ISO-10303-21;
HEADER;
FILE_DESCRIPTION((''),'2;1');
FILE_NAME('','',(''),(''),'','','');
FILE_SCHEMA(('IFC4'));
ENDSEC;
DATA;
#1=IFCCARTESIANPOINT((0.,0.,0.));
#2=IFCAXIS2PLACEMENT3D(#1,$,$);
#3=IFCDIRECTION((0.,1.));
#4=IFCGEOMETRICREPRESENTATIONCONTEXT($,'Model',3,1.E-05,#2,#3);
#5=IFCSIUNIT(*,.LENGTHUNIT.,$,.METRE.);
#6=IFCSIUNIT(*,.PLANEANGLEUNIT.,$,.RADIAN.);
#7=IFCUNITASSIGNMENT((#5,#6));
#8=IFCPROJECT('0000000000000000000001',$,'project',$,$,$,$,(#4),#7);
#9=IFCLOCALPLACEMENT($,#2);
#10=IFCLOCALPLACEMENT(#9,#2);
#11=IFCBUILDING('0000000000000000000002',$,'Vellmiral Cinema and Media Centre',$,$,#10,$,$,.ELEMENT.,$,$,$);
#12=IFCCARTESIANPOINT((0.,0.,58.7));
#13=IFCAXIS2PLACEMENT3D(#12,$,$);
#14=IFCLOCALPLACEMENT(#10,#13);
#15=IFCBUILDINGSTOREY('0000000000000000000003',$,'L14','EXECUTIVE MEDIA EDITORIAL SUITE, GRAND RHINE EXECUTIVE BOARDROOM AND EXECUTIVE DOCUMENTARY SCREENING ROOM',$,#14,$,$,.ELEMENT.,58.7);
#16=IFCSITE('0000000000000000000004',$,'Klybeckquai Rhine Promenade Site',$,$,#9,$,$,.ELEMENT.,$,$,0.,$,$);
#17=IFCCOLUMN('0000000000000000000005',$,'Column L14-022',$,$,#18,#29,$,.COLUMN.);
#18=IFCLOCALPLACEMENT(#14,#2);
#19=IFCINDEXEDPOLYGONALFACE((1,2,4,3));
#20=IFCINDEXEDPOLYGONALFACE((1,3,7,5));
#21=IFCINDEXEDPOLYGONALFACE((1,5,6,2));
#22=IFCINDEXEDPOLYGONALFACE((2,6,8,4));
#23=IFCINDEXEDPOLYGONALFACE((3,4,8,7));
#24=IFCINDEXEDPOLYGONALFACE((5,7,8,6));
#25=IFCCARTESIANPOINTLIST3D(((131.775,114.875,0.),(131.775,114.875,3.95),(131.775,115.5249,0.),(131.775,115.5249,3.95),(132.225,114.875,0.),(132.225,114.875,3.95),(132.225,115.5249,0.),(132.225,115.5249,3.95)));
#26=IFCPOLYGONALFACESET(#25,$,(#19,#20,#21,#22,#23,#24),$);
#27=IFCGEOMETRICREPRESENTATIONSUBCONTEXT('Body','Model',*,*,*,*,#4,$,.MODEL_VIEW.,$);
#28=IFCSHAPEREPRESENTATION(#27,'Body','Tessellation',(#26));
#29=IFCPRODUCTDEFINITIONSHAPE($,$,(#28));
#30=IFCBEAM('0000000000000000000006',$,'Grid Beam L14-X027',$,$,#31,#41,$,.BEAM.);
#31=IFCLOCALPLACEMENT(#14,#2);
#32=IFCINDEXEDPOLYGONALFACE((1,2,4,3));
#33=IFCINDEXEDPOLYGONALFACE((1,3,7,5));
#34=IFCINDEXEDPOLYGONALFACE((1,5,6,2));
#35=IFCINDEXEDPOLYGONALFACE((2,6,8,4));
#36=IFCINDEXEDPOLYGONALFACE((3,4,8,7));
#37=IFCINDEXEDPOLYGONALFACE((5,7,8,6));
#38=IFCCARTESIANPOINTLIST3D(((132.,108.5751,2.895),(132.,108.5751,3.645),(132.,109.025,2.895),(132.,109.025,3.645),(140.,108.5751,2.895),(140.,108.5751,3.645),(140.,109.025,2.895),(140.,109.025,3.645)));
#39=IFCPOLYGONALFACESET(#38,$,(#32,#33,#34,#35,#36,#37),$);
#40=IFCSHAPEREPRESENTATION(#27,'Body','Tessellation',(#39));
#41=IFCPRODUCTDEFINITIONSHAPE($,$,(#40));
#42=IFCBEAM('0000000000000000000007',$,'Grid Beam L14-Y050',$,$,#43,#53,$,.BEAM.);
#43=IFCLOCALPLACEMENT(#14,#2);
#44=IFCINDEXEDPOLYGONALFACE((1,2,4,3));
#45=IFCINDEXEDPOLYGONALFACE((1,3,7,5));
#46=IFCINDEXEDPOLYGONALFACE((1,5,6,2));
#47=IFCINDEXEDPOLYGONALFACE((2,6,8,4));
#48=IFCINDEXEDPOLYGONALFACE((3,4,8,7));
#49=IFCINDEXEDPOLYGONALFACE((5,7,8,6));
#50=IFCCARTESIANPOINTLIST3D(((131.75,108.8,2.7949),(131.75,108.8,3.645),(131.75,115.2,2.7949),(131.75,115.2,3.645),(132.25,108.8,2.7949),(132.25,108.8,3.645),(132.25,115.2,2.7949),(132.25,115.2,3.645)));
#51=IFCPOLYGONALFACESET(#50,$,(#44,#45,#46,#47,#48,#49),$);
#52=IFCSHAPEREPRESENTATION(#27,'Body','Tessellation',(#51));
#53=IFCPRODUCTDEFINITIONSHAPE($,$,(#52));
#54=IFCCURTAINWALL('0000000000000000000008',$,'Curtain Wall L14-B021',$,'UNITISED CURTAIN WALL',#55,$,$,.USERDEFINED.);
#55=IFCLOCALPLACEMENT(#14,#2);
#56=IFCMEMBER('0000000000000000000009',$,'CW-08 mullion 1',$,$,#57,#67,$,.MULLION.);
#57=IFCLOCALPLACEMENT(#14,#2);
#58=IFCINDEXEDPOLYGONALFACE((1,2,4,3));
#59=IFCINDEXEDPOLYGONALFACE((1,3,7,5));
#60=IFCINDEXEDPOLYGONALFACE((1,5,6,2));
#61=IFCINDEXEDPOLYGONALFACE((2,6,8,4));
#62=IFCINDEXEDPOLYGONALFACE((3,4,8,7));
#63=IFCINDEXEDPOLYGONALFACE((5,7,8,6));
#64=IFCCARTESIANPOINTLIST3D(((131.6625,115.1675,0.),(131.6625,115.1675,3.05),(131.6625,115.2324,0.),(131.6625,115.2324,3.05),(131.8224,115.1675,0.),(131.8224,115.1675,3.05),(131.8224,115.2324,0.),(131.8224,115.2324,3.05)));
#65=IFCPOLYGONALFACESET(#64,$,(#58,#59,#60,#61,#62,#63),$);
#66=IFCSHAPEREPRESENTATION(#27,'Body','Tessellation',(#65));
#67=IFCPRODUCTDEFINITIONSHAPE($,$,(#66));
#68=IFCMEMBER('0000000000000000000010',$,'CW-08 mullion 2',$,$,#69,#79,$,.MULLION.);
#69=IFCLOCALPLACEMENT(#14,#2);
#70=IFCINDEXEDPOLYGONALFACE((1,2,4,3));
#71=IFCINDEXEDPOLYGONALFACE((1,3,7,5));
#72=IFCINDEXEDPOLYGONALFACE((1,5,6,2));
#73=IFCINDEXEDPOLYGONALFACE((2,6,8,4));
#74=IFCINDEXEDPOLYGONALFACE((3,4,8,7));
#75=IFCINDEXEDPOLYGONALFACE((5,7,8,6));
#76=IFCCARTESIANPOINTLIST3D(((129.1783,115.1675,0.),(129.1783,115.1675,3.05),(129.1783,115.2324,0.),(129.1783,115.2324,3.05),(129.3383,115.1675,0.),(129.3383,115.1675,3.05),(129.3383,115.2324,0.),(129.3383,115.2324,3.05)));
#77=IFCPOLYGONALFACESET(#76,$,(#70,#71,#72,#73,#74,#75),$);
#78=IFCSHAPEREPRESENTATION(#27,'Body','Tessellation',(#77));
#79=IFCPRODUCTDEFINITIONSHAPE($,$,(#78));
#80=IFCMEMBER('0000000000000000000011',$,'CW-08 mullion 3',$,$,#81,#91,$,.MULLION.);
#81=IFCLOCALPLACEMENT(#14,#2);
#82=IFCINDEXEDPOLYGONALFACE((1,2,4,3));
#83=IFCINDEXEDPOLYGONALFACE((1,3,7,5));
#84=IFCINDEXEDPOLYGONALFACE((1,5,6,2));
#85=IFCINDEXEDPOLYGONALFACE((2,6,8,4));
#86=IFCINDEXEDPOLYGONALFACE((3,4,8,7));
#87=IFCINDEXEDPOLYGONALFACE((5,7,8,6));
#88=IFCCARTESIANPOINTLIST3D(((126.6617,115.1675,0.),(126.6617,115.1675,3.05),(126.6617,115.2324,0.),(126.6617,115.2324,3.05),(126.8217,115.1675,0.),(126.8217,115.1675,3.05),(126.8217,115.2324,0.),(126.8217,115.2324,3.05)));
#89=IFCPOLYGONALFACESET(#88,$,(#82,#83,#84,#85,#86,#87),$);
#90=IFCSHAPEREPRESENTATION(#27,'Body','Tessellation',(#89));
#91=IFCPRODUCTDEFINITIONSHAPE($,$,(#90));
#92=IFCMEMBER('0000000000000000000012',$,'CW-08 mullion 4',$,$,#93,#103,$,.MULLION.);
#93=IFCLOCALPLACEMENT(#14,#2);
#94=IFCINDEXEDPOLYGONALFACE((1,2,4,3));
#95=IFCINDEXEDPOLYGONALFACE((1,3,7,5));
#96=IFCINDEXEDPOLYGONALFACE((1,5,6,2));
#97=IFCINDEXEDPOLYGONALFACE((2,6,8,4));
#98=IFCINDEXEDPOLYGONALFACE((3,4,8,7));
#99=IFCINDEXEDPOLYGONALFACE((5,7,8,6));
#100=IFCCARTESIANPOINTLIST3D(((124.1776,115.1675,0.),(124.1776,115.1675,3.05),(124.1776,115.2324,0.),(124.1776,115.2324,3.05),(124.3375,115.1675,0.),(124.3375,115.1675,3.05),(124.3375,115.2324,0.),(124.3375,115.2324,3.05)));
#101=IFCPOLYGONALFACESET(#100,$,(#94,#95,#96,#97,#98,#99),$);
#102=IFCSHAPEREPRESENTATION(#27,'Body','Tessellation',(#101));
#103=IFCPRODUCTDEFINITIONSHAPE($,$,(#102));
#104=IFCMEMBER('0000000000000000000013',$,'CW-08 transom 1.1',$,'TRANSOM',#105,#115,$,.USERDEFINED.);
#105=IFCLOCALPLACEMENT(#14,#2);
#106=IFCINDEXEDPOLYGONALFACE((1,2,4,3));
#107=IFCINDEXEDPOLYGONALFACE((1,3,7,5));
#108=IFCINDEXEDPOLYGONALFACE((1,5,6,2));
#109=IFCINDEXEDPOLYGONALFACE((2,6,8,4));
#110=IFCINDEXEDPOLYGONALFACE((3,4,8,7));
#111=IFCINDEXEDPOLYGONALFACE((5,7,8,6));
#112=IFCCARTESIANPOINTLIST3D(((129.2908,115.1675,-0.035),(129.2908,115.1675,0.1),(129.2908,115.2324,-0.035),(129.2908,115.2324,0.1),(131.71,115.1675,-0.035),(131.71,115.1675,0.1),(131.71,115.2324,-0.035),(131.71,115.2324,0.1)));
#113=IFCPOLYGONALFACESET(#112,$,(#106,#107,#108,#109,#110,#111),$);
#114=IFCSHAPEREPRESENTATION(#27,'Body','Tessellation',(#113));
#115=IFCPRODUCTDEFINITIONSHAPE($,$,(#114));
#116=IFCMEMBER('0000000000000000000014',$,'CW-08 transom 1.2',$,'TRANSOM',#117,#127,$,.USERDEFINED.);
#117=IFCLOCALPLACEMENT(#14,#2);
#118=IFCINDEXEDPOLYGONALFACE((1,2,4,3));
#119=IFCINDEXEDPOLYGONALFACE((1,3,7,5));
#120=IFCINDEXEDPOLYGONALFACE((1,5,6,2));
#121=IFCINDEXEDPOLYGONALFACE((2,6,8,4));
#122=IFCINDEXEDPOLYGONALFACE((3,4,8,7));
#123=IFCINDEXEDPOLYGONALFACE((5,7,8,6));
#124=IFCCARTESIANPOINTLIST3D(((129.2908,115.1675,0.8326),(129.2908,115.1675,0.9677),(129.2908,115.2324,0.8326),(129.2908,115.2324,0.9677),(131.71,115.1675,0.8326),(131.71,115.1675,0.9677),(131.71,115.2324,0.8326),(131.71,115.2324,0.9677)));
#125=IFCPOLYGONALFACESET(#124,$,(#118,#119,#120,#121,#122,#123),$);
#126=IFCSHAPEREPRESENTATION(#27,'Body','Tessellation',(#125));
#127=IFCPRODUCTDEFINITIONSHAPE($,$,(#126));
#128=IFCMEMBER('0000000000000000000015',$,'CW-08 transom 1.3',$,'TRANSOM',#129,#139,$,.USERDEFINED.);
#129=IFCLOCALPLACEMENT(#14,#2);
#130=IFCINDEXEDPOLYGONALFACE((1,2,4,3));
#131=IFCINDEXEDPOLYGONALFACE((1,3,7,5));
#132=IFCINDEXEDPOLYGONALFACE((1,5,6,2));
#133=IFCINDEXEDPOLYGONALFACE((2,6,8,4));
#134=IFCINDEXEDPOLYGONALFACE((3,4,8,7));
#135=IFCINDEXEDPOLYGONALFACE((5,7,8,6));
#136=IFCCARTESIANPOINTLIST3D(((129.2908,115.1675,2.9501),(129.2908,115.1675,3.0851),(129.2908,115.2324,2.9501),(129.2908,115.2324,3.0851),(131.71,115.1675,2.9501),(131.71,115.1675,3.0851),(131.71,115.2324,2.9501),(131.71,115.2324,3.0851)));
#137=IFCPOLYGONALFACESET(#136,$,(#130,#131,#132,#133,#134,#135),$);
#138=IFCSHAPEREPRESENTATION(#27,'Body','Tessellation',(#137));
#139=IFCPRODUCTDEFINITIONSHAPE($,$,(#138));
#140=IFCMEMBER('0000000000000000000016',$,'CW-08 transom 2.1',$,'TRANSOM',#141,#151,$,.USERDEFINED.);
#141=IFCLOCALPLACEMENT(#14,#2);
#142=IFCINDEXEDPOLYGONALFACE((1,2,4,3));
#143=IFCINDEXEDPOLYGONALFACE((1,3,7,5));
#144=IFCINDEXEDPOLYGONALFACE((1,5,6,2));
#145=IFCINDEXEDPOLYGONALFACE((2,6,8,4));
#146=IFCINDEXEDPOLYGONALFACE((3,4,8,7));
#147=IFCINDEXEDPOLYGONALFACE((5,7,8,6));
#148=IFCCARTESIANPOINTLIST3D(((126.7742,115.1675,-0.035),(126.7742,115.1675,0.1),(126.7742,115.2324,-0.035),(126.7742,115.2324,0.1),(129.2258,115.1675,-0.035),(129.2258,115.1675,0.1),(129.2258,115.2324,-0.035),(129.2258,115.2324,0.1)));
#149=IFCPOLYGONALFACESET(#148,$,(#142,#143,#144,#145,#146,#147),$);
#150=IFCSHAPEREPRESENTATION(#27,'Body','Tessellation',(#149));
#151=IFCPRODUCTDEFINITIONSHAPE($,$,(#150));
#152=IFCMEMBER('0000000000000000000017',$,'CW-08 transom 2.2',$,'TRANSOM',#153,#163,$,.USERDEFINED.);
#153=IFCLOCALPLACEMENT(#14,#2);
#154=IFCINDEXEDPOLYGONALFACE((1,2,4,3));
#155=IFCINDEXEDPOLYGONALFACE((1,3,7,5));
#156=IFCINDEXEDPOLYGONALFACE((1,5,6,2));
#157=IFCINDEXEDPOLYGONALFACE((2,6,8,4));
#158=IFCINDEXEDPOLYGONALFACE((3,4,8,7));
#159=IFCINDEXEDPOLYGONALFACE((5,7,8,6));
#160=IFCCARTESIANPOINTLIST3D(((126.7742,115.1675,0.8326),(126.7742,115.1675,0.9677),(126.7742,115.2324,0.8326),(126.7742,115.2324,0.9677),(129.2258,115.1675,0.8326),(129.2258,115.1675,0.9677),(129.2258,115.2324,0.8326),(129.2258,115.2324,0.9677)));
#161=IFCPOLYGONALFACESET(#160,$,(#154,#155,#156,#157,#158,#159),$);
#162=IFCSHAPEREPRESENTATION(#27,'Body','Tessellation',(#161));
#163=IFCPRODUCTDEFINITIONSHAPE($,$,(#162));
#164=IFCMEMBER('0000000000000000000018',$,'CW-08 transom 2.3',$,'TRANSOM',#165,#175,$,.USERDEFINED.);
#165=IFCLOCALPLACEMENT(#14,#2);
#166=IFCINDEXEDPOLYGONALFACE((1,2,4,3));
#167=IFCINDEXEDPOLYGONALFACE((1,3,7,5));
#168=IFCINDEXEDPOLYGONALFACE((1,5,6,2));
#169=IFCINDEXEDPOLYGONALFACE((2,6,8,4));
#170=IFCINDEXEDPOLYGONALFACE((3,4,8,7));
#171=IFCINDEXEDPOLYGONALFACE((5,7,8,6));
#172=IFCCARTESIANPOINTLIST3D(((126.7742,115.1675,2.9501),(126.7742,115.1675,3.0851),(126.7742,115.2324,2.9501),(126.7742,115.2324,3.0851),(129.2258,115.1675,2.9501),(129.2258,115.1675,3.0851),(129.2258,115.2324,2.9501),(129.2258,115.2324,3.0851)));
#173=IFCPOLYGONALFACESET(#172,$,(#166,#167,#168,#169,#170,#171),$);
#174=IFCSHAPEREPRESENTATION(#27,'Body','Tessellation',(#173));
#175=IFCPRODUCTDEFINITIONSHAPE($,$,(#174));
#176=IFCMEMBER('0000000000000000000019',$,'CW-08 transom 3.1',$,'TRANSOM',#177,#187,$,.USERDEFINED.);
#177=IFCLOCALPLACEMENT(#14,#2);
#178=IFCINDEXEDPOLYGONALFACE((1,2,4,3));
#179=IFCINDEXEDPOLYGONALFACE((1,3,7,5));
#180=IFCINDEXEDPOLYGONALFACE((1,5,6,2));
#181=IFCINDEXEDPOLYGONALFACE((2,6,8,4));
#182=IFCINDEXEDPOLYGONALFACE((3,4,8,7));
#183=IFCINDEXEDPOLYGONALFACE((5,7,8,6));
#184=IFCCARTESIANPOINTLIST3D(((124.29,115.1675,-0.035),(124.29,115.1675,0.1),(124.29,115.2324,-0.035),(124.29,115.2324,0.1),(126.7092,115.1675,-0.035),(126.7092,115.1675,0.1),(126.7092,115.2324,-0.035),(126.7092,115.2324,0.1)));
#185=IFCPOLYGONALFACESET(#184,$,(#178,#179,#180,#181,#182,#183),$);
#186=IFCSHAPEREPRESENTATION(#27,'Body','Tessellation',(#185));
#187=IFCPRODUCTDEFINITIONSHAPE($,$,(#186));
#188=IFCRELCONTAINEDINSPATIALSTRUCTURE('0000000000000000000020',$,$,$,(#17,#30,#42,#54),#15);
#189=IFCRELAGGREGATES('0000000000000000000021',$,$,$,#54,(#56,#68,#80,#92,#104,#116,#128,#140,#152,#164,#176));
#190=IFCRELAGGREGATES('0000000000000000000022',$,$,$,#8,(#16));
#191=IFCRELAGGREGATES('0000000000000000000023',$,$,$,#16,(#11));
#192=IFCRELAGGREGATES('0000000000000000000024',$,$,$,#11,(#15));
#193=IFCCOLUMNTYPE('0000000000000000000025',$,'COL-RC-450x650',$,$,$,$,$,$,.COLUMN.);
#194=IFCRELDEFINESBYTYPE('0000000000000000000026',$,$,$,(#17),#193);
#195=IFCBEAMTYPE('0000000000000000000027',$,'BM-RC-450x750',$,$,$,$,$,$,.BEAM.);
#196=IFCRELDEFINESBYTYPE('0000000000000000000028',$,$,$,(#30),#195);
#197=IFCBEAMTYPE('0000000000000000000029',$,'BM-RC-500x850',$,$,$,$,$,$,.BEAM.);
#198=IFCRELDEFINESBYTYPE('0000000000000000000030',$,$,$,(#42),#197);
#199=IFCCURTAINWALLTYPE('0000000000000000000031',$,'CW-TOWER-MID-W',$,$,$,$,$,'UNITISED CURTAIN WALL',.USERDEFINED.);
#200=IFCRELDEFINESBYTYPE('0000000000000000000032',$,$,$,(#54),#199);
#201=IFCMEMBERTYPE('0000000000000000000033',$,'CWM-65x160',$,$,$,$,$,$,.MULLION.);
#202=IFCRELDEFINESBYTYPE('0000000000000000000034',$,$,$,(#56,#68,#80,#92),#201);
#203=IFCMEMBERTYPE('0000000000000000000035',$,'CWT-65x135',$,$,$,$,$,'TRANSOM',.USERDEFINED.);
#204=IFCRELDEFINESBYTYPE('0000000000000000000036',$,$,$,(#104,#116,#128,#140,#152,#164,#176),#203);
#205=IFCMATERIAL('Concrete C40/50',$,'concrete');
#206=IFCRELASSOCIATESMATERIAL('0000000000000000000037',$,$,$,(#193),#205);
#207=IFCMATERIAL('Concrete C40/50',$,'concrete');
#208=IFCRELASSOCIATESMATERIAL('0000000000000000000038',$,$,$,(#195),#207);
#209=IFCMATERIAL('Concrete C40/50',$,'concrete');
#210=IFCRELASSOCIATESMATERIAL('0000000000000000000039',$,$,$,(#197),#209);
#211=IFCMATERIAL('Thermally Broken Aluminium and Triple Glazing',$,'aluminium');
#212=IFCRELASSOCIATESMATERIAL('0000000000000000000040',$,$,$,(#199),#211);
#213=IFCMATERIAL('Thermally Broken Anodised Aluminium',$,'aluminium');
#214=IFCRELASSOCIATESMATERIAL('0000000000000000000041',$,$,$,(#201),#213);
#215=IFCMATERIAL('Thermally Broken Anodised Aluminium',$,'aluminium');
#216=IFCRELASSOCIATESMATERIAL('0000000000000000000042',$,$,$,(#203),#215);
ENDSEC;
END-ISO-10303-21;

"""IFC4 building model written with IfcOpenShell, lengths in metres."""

from ifc_helpers import new_model, si_unit, direction, frame, origin, origin_2d, place, context, subcontext, project, spatial, rectangle, extrude, material, material_profile, profile_set, type_object, element, aggregate, save


model = new_model("IFC4")

# Units and contexts
model_context = context("Model", 3, precision=1e-05, world=origin(), true_north=direction((0.0, 1.0)))
body_context = subcontext(model_context, "Body", "Model", "MODEL_VIEW")
ifc_project = project(units=[si_unit("LENGTHUNIT", "METRE"), si_unit("PLANEANGLEUNIT", "RADIAN")], contexts=[model_context])

# Site, building, storey
site_placement = place(None, origin())
site = spatial("IfcSite", under=ifc_project, at=site_placement, Name="Klybeckquai Rhine Promenade Site", CompositionType="ELEMENT", RefElevation=0.0)
building_placement = place(site_placement, origin())
building = spatial("IfcBuilding", under=site, at=building_placement, Name="Vellmiral Cinema and Media Centre", CompositionType="ELEMENT")
storey_placement = place(building_placement, frame((0.0, 0.0, 58.7)))
storey = spatial("IfcBuildingStorey", under=building, at=storey_placement, Name="L14", Description="EXECUTIVE MEDIA EDITORIAL SUITE, GRAND RHINE EXECUTIVE BOARDROOM AND EXECUTIVE DOCUMENTARY SCREENING ROOM", CompositionType="ELEMENT", Elevation=58.7)

# Column
ifc_material_1 = material(Name="Concrete C40/50", Category="concrete")
ifc_material_profile_1 = material_profile(ifc_material_1, rectangle(XDim=0.45, YDim=0.6499, at=origin_2d()), Name="RC 450x650")
ifc_profile_set_1 = profile_set([ifc_material_profile_1], Name="Concrete C40/50")
column_type = type_object("IfcColumnType", Name="COL-RC-450x650", PredefinedType="COLUMN", material=ifc_profile_set_1)
column_placement = place(storey_placement, frame((132.0, 115.2, 0.0), z_axis=(0.0, 0.0, 1.0), x_axis=(1.0, 0.0, 0.0)))
element("IfcColumn", 1, at=column_placement, inside=storey, type_object=column_type, Name="Column L14-022", PredefinedType="COLUMN", context=body_context, shape_type="SweptSolid", body=[
    extrude(rectangle(XDim=0.45, YDim=0.6499, at=origin_2d()), origin(), (0.0, 0.0, 1.0), 3.95),
])

# Beams
ifc_material_2 = material(Name="Concrete C40/50", Category="concrete")
ifc_material_profile_2 = material_profile(ifc_material_2, rectangle(XDim=0.45, YDim=0.75, at=origin_2d()), Name="RC 450x750")
ifc_profile_set_2 = profile_set([ifc_material_profile_2], Name="Concrete C40/50")
beam_type_1 = type_object("IfcBeamType", Name="BM-RC-450x750", PredefinedType="BEAM", material=ifc_profile_set_2)
beam_1_placement = place(storey_placement, frame((132.0, 108.8, 3.27), z_axis=(1.0, 0.0, 0.0), x_axis=(0.0, 1.0, 0.0)))
element("IfcBeam", 2, at=beam_1_placement, inside=storey, type_object=beam_type_1, Name="Grid Beam L14-X027", PredefinedType="BEAM", context=body_context, shape_type="SweptSolid", body=[
    extrude(rectangle(XDim=0.45, YDim=0.75, at=origin_2d()), origin(), (0.0, 0.0, 1.0), 8.0),
])
ifc_material_3 = material(Name="Concrete C40/50", Category="concrete")
ifc_material_profile_3 = material_profile(ifc_material_3, rectangle(XDim=0.5, YDim=0.8501, at=origin_2d()), Name="RC 500x850")
ifc_profile_set_3 = profile_set([ifc_material_profile_3], Name="Concrete C40/50")
beam_type_2 = type_object("IfcBeamType", Name="BM-RC-500x850", PredefinedType="BEAM", material=ifc_profile_set_3)
beam_2_placement = place(storey_placement, frame((132.0, 108.8, 3.22), z_axis=(0.0, 1.0, 0.0), x_axis=(-1.0, 0.0, 0.0)))
element("IfcBeam", 3, at=beam_2_placement, inside=storey, type_object=beam_type_2, Name="Grid Beam L14-Y050", PredefinedType="BEAM", context=body_context, shape_type="SweptSolid", body=[
    extrude(rectangle(XDim=0.5, YDim=0.8501, at=origin_2d()), origin(), (0.0, 0.0, 1.0), 6.3999),
])

# Curtain wall, members
ifc_material_4 = material(Name="Thermally Broken Aluminium and Triple Glazing", Category="aluminium")
curtain_wall_type = type_object("IfcCurtainWallType", Name="CW-TOWER-MID-W", ElementType="UNITISED CURTAIN WALL", PredefinedType="USERDEFINED", material=ifc_material_4)
curtain_wall_placement = place(storey_placement, origin())
curtain_wall = element("IfcCurtainWall", 4, at=curtain_wall_placement, inside=storey, type_object=curtain_wall_type, Name="Curtain Wall L14-B021", ObjectType="UNITISED CURTAIN WALL", PredefinedType="USERDEFINED")
ifc_material_5 = material(Name="Thermally Broken Anodised Aluminium", Category="aluminium")
ifc_material_profile_4 = material_profile(ifc_material_5, rectangle(XDim=0.0649, YDim=0.1599, at=origin_2d()), Name="MULL 65x160")
ifc_profile_set_4 = profile_set([ifc_material_profile_4], Name="Thermally Broken Anodised Aluminium")
member_type_1 = type_object("IfcMemberType", Name="CWM-65x160", PredefinedType="MULLION", material=ifc_profile_set_4)
member_1_placement = place(storey_placement, frame((131.7424, 115.2, 0.0), z_axis=(0.0, 0.0, 1.0), x_axis=(0.0, -1.0, 0.0)))
member_1 = element("IfcMember", 5, at=member_1_placement, type_object=member_type_1, Name="CW-08 mullion 1", PredefinedType="MULLION", context=body_context, shape_type="SweptSolid", body=[
    extrude(rectangle(XDim=0.0649, YDim=0.1599, at=origin_2d()), origin(), (0.0, 0.0, 1.0), 3.05),
])
member_2_placement = place(storey_placement, frame((129.2583, 115.2, 0.0), z_axis=(0.0, 0.0, 1.0), x_axis=(0.0, -1.0, 0.0)))
member_2 = element("IfcMember", 6, at=member_2_placement, type_object=member_type_1, Name="CW-08 mullion 2", PredefinedType="MULLION", context=body_context, shape_type="SweptSolid", body=[
    extrude(rectangle(XDim=0.0649, YDim=0.1599, at=origin_2d()), origin(), (0.0, 0.0, 1.0), 3.05),
])
member_3_placement = place(storey_placement, frame((126.7417, 115.2, 0.0), z_axis=(0.0, 0.0, 1.0), x_axis=(0.0, -1.0, 0.0)))
member_3 = element("IfcMember", 7, at=member_3_placement, type_object=member_type_1, Name="CW-08 mullion 3", PredefinedType="MULLION", context=body_context, shape_type="SweptSolid", body=[
    extrude(rectangle(XDim=0.0649, YDim=0.1599, at=origin_2d()), origin(), (0.0, 0.0, 1.0), 3.05),
])
member_4_placement = place(storey_placement, frame((124.2576, 115.2, 0.0), z_axis=(0.0, 0.0, 1.0), x_axis=(0.0, -1.0, 0.0)))
member_4 = element("IfcMember", 8, at=member_4_placement, type_object=member_type_1, Name="CW-08 mullion 4", PredefinedType="MULLION", context=body_context, shape_type="SweptSolid", body=[
    extrude(rectangle(XDim=0.0649, YDim=0.1599, at=origin_2d()), origin(), (0.0, 0.0, 1.0), 3.05),
])
ifc_material_6 = material(Name="Thermally Broken Anodised Aluminium", Category="aluminium")
ifc_material_profile_5 = material_profile(ifc_material_6, rectangle(XDim=0.0649, YDim=0.135, at=origin_2d()), Name="MULL 65x135")
ifc_profile_set_5 = profile_set([ifc_material_profile_5], Name="Thermally Broken Anodised Aluminium")
member_type_2 = type_object("IfcMemberType", Name="CWT-65x135", ElementType="TRANSOM", PredefinedType="USERDEFINED", material=ifc_profile_set_5)
member_5_placement = place(storey_placement, frame((131.71, 115.2, 0.0325), z_axis=(-1.0, 0.0, 0.0), x_axis=(0.0, -1.0, 0.0)))
member_5 = element("IfcMember", 9, at=member_5_placement, type_object=member_type_2, Name="CW-08 transom 1.1", ObjectType="TRANSOM", PredefinedType="USERDEFINED", context=body_context, shape_type="SweptSolid", body=[
    extrude(rectangle(XDim=0.0649, YDim=0.135, at=origin_2d()), origin(), (0.0, 0.0, 1.0), 2.4192),
])
member_6_placement = place(storey_placement, frame((131.71, 115.2, 0.9001), z_axis=(-1.0, 0.0, 0.0), x_axis=(0.0, -1.0, 0.0)))
member_6 = element("IfcMember", 10, at=member_6_placement, type_object=member_type_2, Name="CW-08 transom 1.2", ObjectType="TRANSOM", PredefinedType="USERDEFINED", context=body_context, shape_type="SweptSolid", body=[
    extrude(rectangle(XDim=0.0649, YDim=0.135, at=origin_2d()), origin(), (0.0, 0.0, 1.0), 2.4192),
])
member_7_placement = place(storey_placement, frame((131.71, 115.2, 3.0176), z_axis=(-1.0, 0.0, 0.0), x_axis=(0.0, -1.0, 0.0)))
member_7 = element("IfcMember", 11, at=member_7_placement, type_object=member_type_2, Name="CW-08 transom 1.3", ObjectType="TRANSOM", PredefinedType="USERDEFINED", context=body_context, shape_type="SweptSolid", body=[
    extrude(rectangle(XDim=0.0649, YDim=0.135, at=origin_2d()), origin(), (0.0, 0.0, 1.0), 2.4192),
])
member_8_placement = place(storey_placement, frame((129.2258, 115.2, 0.0325), z_axis=(-1.0, 0.0, 0.0), x_axis=(0.0, -1.0, 0.0)))
member_8 = element("IfcMember", 12, at=member_8_placement, type_object=member_type_2, Name="CW-08 transom 2.1", ObjectType="TRANSOM", PredefinedType="USERDEFINED", context=body_context, shape_type="SweptSolid", body=[
    extrude(rectangle(XDim=0.0649, YDim=0.135, at=origin_2d()), origin(), (0.0, 0.0, 1.0), 2.4517),
])
member_9_placement = place(storey_placement, frame((129.2258, 115.2, 0.9001), z_axis=(-1.0, 0.0, 0.0), x_axis=(0.0, -1.0, 0.0)))
member_9 = element("IfcMember", 13, at=member_9_placement, type_object=member_type_2, Name="CW-08 transom 2.2", ObjectType="TRANSOM", PredefinedType="USERDEFINED", context=body_context, shape_type="SweptSolid", body=[
    extrude(rectangle(XDim=0.0649, YDim=0.135, at=origin_2d()), origin(), (0.0, 0.0, 1.0), 2.4517),
])
member_10_placement = place(storey_placement, frame((129.2258, 115.2, 3.0176), z_axis=(-1.0, 0.0, 0.0), x_axis=(0.0, -1.0, 0.0)))
member_10 = element("IfcMember", 14, at=member_10_placement, type_object=member_type_2, Name="CW-08 transom 2.3", ObjectType="TRANSOM", PredefinedType="USERDEFINED", context=body_context, shape_type="SweptSolid", body=[
    extrude(rectangle(XDim=0.0649, YDim=0.135, at=origin_2d()), origin(), (0.0, 0.0, 1.0), 2.4517),
])
member_11_placement = place(storey_placement, frame((126.7092, 115.2, 0.0325), z_axis=(-1.0, 0.0, 0.0), x_axis=(0.0, -1.0, 0.0)))
member_11 = element("IfcMember", 15, at=member_11_placement, type_object=member_type_2, Name="CW-08 transom 3.1", ObjectType="TRANSOM", PredefinedType="USERDEFINED", context=body_context, shape_type="SweptSolid", body=[
    extrude(rectangle(XDim=0.0649, YDim=0.135, at=origin_2d()), origin(), (0.0, 0.0, 1.0), 2.4192),
])

aggregate(curtain_wall, [member_1, member_2, member_3, member_4, member_5, member_6, member_7, member_8, member_9, member_10, member_11])

save(model, "model.ifc")
